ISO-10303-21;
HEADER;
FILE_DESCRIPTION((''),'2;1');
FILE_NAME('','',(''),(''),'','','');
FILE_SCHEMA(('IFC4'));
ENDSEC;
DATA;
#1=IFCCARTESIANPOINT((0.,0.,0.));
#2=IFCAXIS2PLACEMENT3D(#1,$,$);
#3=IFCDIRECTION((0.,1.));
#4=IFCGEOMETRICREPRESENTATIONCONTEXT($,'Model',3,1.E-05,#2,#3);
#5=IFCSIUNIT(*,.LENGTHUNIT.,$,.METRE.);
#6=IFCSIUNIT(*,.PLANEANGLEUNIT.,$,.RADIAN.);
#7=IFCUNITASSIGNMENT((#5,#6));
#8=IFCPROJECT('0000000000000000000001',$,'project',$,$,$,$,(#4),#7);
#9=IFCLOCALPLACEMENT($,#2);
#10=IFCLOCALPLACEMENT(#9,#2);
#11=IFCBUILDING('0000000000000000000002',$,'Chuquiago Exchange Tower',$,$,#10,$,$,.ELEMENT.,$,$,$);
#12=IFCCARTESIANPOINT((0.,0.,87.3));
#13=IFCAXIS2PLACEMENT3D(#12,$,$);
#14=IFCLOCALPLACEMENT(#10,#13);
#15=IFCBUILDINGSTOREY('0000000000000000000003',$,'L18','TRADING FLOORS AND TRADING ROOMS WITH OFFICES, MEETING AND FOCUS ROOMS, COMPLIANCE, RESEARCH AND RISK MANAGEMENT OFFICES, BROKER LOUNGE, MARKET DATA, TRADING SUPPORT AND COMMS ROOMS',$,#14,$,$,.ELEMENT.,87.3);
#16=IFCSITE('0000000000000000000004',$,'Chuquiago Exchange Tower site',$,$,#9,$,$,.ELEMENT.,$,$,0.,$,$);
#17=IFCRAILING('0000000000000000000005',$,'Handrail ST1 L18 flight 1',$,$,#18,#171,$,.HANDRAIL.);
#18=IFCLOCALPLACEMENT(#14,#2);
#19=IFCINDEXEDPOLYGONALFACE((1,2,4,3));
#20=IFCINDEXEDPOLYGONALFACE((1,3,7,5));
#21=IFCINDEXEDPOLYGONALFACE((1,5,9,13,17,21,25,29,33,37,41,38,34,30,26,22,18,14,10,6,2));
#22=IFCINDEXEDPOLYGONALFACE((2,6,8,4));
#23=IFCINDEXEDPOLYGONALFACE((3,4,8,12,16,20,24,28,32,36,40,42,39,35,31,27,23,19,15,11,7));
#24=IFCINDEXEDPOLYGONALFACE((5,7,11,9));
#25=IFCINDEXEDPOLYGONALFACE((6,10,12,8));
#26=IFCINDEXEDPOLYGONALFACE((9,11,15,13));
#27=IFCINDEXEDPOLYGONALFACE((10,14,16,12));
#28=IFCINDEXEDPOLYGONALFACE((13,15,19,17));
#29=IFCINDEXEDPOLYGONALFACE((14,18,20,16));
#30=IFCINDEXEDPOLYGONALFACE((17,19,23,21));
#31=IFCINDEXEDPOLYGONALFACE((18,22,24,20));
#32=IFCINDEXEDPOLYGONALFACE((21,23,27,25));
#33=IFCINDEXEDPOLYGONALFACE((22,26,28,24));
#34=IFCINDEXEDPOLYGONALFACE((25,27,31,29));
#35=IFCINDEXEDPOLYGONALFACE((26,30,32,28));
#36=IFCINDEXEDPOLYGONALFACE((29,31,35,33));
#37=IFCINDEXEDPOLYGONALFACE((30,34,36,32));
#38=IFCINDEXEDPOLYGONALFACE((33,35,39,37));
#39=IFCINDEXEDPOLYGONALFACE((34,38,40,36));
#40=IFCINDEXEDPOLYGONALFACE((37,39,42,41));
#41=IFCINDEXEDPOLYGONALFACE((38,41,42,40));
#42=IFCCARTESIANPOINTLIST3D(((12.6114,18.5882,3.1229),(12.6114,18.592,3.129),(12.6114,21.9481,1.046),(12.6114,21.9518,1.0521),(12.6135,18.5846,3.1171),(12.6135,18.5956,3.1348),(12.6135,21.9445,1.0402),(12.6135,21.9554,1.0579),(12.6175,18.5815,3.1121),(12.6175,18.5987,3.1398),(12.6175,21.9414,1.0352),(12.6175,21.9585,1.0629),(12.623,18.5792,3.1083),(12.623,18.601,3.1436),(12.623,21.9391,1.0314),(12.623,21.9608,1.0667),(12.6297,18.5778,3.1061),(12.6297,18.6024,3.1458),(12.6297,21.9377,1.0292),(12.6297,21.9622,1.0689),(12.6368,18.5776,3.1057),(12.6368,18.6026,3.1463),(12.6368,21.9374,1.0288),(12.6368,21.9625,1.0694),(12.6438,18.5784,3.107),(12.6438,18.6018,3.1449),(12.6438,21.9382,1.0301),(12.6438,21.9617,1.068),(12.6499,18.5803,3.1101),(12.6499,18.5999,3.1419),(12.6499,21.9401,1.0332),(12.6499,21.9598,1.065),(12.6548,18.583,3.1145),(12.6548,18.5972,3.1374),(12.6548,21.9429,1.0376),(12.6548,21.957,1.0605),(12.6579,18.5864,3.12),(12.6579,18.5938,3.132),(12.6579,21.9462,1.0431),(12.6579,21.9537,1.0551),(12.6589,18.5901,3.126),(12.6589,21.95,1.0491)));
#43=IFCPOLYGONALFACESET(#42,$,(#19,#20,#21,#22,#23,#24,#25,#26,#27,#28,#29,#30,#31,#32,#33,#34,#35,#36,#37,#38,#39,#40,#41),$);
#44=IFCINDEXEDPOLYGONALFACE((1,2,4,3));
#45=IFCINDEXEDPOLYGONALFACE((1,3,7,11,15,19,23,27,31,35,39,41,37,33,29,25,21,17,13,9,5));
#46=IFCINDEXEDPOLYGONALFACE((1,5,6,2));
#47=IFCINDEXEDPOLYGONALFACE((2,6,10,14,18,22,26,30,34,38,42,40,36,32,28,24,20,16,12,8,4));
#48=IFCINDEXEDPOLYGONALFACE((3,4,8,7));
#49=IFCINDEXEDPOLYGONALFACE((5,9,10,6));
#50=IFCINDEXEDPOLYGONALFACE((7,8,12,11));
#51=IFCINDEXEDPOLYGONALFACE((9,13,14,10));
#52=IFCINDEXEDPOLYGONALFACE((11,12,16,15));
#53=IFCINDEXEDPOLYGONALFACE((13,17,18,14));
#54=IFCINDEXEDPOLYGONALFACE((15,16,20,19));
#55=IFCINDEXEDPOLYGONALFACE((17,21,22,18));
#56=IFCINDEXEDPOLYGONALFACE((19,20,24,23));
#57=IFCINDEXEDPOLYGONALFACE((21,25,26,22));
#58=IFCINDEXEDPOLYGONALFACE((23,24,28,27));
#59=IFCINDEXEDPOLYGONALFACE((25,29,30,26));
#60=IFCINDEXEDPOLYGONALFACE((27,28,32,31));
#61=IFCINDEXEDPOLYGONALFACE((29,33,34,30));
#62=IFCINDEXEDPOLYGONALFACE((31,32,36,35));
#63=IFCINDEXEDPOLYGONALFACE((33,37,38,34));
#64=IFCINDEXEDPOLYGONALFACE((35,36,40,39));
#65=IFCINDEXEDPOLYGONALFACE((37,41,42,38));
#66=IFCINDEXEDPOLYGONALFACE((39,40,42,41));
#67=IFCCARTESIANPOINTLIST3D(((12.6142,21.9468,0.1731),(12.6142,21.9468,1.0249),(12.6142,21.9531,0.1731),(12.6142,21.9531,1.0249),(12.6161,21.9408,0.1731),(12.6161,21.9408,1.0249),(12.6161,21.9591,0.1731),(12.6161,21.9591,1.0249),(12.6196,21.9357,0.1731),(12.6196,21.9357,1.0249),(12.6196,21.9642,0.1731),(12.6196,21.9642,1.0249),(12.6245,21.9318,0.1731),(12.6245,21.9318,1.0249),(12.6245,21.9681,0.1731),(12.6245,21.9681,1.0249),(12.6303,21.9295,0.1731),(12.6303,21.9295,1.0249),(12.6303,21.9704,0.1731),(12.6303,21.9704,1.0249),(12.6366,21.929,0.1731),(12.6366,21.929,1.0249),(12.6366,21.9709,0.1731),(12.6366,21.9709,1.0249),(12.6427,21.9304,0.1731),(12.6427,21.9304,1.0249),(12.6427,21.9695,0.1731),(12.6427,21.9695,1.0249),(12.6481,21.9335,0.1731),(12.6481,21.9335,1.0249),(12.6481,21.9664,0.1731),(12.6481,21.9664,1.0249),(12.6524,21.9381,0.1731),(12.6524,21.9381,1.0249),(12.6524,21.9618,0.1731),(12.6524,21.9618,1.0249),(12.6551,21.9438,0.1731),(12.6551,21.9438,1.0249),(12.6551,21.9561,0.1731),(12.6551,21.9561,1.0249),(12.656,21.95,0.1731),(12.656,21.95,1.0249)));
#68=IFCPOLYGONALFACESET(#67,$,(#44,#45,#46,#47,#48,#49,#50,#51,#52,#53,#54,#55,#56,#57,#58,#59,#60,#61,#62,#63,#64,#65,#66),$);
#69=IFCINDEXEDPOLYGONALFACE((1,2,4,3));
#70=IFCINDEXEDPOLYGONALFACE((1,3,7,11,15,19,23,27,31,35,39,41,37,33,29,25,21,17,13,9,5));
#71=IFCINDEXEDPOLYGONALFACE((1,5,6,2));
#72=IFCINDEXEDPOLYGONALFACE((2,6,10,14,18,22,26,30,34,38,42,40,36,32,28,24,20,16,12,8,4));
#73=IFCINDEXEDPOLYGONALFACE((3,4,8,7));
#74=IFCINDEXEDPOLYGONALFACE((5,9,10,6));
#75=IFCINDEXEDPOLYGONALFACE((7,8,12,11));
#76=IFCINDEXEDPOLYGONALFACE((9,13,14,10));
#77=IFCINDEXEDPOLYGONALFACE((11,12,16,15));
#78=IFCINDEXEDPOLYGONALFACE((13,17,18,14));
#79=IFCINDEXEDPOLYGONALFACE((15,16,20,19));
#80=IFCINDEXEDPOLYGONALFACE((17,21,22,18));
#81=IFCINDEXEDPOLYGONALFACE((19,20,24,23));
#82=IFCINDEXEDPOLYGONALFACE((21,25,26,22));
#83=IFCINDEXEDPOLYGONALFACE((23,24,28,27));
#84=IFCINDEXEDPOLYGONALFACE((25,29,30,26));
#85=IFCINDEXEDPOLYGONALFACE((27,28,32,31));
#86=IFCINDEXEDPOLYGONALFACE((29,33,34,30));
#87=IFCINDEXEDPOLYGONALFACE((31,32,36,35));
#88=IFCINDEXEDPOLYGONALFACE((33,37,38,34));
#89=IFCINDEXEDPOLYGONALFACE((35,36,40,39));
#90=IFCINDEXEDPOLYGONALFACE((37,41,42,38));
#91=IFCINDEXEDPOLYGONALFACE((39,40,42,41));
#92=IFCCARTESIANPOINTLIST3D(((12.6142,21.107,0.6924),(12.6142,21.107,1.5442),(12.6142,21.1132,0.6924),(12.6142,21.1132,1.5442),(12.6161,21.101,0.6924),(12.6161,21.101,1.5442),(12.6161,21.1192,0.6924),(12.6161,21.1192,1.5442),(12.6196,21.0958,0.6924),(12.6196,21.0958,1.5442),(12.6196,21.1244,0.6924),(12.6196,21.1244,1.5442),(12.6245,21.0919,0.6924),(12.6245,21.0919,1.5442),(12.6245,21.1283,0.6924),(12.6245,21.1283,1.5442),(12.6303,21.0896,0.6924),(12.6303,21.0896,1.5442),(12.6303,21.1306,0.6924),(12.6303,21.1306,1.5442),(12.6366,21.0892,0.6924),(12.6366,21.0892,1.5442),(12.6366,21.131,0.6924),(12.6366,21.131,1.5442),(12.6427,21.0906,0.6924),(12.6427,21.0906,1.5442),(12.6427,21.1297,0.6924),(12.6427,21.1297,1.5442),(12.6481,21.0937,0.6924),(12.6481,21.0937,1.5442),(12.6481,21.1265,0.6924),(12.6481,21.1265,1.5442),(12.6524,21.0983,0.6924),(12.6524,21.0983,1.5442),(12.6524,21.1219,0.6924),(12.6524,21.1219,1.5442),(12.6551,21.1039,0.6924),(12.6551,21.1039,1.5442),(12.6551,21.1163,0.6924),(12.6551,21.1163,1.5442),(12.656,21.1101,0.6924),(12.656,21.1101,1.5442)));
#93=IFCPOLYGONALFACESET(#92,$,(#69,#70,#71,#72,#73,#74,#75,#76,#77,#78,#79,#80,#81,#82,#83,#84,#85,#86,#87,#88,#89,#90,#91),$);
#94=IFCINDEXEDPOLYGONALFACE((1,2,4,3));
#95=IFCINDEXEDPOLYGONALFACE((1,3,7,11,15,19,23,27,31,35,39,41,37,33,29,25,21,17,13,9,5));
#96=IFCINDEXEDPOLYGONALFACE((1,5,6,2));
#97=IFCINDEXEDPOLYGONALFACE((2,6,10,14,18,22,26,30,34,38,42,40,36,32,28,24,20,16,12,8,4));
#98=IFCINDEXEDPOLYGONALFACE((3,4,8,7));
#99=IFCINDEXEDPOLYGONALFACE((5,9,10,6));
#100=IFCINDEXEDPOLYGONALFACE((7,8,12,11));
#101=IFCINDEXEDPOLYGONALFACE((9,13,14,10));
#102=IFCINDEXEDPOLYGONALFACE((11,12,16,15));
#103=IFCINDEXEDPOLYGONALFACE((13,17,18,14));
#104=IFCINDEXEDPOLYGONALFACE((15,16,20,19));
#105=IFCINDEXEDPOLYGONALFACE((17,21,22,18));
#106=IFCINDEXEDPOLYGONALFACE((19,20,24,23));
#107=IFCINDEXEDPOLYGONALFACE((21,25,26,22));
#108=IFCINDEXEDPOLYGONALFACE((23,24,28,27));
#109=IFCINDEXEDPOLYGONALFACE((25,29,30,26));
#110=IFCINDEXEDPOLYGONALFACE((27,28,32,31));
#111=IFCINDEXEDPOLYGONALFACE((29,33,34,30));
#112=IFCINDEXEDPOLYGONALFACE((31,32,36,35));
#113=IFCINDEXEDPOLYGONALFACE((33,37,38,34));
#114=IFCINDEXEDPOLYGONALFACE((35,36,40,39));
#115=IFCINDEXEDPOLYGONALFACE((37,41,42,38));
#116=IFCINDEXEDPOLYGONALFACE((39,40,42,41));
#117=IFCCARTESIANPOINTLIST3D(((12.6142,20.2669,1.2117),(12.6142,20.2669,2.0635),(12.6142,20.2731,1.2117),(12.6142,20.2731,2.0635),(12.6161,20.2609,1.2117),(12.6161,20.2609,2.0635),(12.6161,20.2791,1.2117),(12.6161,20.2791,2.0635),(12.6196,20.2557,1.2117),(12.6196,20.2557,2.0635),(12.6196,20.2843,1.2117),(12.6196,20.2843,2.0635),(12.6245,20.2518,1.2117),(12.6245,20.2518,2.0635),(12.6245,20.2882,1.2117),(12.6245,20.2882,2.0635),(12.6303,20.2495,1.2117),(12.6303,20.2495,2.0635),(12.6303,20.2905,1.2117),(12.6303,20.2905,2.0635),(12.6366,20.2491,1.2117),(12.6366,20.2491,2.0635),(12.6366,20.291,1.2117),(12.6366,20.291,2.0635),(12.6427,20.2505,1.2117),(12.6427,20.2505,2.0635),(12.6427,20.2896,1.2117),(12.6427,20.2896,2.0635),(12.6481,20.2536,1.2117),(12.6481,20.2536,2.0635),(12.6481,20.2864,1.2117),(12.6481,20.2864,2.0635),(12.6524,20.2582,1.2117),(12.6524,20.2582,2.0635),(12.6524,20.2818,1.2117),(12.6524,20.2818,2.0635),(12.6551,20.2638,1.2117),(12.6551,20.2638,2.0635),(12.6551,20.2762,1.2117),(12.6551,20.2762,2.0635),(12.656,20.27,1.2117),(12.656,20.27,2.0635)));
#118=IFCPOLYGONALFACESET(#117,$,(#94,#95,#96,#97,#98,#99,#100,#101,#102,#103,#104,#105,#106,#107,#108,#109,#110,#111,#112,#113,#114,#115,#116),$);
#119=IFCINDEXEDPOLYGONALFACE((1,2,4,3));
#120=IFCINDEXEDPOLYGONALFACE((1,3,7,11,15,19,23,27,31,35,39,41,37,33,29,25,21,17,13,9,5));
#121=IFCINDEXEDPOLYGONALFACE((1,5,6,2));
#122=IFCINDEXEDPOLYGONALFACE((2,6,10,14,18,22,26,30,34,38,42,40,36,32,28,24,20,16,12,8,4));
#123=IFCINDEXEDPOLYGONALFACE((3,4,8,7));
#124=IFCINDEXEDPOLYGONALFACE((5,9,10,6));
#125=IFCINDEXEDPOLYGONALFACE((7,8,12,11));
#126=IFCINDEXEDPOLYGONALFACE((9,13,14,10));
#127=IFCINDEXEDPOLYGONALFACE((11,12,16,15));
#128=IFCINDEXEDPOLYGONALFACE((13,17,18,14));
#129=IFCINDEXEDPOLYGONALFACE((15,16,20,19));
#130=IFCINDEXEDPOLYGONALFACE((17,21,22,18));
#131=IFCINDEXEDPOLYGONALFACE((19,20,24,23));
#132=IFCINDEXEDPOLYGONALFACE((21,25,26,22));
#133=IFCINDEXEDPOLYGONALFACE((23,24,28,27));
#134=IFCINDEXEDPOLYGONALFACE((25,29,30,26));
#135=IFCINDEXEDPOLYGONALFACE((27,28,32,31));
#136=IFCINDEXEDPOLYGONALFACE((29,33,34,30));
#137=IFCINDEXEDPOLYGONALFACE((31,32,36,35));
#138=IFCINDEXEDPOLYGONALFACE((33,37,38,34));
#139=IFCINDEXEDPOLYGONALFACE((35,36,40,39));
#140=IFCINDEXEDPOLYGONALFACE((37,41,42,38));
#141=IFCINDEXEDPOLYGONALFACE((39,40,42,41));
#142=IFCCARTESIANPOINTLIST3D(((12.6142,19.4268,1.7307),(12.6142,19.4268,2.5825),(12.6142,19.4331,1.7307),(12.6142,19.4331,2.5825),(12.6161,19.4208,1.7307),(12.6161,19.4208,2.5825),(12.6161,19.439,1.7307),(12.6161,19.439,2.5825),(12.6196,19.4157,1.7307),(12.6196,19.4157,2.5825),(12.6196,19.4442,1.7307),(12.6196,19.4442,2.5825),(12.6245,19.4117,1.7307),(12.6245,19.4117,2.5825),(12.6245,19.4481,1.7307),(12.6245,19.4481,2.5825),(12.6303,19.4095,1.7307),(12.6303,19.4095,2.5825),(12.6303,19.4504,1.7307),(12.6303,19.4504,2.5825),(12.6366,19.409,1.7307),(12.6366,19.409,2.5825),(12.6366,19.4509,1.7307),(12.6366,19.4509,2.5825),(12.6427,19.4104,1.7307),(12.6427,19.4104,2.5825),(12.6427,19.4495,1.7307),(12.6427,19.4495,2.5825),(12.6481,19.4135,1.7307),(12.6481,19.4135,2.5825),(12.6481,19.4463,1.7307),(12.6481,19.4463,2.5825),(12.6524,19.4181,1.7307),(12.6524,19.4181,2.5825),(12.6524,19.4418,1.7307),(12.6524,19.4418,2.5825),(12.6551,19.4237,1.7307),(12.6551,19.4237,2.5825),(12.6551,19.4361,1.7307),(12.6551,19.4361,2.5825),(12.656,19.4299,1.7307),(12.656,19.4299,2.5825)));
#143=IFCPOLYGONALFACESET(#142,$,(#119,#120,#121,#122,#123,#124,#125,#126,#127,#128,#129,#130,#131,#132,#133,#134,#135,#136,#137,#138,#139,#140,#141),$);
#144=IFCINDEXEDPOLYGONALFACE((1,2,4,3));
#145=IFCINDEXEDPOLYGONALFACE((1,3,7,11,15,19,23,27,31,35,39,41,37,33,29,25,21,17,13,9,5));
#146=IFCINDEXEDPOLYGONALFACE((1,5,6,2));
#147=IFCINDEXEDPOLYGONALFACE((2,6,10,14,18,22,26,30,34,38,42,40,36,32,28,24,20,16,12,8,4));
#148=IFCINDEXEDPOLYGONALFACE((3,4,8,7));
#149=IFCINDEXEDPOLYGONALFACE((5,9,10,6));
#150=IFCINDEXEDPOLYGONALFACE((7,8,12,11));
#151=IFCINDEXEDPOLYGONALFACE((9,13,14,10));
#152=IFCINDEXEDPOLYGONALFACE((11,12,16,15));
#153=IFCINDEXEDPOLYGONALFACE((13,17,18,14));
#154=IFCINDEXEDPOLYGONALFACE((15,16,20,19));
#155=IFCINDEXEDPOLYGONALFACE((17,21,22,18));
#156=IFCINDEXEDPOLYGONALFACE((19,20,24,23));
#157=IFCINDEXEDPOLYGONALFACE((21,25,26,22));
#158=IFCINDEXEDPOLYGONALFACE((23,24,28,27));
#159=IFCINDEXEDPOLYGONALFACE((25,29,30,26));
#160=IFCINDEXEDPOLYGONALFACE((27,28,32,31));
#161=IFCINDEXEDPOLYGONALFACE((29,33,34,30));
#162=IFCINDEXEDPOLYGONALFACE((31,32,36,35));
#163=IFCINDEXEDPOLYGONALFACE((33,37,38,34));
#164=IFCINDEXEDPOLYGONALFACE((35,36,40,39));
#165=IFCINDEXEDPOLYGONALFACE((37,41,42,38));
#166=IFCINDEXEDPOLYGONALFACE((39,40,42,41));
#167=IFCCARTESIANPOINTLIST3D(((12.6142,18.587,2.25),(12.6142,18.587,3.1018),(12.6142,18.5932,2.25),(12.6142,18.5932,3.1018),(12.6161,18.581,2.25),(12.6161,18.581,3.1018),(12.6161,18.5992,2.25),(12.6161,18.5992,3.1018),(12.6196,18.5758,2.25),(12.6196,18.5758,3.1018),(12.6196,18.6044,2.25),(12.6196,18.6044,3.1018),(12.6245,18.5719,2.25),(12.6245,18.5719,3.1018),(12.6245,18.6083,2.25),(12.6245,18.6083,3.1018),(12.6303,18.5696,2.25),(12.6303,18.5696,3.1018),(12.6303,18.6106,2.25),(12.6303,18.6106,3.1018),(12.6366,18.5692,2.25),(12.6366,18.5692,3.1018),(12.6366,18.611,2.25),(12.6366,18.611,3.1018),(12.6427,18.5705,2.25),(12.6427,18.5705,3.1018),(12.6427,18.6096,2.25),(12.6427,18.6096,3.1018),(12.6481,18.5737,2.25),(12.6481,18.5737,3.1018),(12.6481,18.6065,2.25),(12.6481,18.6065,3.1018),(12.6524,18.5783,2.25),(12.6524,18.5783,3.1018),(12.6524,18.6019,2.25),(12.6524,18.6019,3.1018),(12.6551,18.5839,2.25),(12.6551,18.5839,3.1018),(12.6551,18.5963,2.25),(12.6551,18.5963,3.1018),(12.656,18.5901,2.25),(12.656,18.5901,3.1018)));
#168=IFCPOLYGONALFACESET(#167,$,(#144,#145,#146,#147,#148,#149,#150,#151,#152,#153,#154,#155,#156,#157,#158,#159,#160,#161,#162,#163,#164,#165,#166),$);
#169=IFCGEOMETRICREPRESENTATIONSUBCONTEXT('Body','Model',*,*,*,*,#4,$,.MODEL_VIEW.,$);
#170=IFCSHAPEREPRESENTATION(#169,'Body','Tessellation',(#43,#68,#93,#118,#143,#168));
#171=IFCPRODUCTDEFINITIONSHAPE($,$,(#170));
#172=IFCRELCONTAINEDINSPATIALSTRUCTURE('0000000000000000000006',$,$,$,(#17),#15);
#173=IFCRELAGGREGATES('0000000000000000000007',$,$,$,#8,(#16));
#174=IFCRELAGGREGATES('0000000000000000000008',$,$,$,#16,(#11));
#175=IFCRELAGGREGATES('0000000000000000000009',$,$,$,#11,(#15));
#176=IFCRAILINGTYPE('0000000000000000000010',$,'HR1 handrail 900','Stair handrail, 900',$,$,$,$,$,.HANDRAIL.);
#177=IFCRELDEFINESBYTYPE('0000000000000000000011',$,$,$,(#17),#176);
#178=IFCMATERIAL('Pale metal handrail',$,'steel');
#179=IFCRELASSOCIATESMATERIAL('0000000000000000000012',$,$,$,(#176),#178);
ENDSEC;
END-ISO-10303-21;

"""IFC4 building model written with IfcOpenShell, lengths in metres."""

from ifc_helpers import new_model, si_unit, direction, frame, origin, origin_2d, place, context, subcontext, project, spatial, circle, extrude, material, type_object, element, save


model = new_model("IFC4")

# Units and contexts
model_context = context("Model", 3, precision=1e-05, world=origin(), true_north=direction((0.0, 1.0)))
body_context = subcontext(model_context, "Body", "Model", "MODEL_VIEW")
ifc_project = project(units=[si_unit("LENGTHUNIT", "METRE"), si_unit("PLANEANGLEUNIT", "RADIAN")], contexts=[model_context])

# Site, building, storey
site_placement = place(None, origin())
site = spatial("IfcSite", under=ifc_project, at=site_placement, Name="Chuquiago Exchange Tower site", CompositionType="ELEMENT", RefElevation=0.0)
building_placement = place(site_placement, origin())
building = spatial("IfcBuilding", under=site, at=building_placement, Name="Chuquiago Exchange Tower", CompositionType="ELEMENT")
storey_placement = place(building_placement, frame((0.0, 0.0, 87.3)))
storey = spatial("IfcBuildingStorey", under=building, at=storey_placement, Name="L18", Description="TRADING FLOORS AND TRADING ROOMS WITH OFFICES, MEETING AND FOCUS ROOMS, COMPLIANCE, RESEARCH AND RISK MANAGEMENT OFFICES, BROKER LOUNGE, MARKET DATA, TRADING SUPPORT AND COMMS ROOMS", CompositionType="ELEMENT", Elevation=87.3)

# Railing
ifc_material_1 = material(Name="Pale metal handrail", Category="steel")
railing_type_1 = type_object("IfcRailingType", Name="HR1 handrail 900", Description="Stair handrail, 900", PredefinedType="HANDRAIL", material=ifc_material_1)
railing_placement = place(storey_placement, frame((12.635, 21.95, 0.1731)))
element("IfcRailing", 1, at=railing_placement, inside=storey, type_object=railing_type_1, Name="Handrail ST1 L18 flight 1", PredefinedType="HANDRAIL", context=body_context, shape_type="SweptSolid", body=[
    extrude(circle(Radius=0.0239, at=origin_2d()), frame((0.0, 0.0, 0.876), z_axis=(0.0, -0.850606, 0.525803), x_axis=(1.0, 0.0, 0.0)), (0.0, 0.0, 1.0), 3.95),
    extrude(circle(Radius=0.021, at=origin_2d()), origin(), (0.0, 0.0, 1.0), 0.8518),
    extrude(circle(Radius=0.021, at=origin_2d()), frame((0.0, -0.8398, 0.5193)), (0.0, 0.0, 1.0), 0.8518),
    extrude(circle(Radius=0.021, at=origin_2d()), frame((0.0, -1.6799, 1.0386)), (0.0, 0.0, 1.0), 0.8518),
    extrude(circle(Radius=0.021, at=origin_2d()), frame((0.0, -2.52, 1.5576)), (0.0, 0.0, 1.0), 0.8518),
    extrude(circle(Radius=0.021, at=origin_2d()), frame((0.0, -3.3599, 2.0769)), (0.0, 0.0, 1.0), 0.8518),
])

save(model, "model.ifc")
